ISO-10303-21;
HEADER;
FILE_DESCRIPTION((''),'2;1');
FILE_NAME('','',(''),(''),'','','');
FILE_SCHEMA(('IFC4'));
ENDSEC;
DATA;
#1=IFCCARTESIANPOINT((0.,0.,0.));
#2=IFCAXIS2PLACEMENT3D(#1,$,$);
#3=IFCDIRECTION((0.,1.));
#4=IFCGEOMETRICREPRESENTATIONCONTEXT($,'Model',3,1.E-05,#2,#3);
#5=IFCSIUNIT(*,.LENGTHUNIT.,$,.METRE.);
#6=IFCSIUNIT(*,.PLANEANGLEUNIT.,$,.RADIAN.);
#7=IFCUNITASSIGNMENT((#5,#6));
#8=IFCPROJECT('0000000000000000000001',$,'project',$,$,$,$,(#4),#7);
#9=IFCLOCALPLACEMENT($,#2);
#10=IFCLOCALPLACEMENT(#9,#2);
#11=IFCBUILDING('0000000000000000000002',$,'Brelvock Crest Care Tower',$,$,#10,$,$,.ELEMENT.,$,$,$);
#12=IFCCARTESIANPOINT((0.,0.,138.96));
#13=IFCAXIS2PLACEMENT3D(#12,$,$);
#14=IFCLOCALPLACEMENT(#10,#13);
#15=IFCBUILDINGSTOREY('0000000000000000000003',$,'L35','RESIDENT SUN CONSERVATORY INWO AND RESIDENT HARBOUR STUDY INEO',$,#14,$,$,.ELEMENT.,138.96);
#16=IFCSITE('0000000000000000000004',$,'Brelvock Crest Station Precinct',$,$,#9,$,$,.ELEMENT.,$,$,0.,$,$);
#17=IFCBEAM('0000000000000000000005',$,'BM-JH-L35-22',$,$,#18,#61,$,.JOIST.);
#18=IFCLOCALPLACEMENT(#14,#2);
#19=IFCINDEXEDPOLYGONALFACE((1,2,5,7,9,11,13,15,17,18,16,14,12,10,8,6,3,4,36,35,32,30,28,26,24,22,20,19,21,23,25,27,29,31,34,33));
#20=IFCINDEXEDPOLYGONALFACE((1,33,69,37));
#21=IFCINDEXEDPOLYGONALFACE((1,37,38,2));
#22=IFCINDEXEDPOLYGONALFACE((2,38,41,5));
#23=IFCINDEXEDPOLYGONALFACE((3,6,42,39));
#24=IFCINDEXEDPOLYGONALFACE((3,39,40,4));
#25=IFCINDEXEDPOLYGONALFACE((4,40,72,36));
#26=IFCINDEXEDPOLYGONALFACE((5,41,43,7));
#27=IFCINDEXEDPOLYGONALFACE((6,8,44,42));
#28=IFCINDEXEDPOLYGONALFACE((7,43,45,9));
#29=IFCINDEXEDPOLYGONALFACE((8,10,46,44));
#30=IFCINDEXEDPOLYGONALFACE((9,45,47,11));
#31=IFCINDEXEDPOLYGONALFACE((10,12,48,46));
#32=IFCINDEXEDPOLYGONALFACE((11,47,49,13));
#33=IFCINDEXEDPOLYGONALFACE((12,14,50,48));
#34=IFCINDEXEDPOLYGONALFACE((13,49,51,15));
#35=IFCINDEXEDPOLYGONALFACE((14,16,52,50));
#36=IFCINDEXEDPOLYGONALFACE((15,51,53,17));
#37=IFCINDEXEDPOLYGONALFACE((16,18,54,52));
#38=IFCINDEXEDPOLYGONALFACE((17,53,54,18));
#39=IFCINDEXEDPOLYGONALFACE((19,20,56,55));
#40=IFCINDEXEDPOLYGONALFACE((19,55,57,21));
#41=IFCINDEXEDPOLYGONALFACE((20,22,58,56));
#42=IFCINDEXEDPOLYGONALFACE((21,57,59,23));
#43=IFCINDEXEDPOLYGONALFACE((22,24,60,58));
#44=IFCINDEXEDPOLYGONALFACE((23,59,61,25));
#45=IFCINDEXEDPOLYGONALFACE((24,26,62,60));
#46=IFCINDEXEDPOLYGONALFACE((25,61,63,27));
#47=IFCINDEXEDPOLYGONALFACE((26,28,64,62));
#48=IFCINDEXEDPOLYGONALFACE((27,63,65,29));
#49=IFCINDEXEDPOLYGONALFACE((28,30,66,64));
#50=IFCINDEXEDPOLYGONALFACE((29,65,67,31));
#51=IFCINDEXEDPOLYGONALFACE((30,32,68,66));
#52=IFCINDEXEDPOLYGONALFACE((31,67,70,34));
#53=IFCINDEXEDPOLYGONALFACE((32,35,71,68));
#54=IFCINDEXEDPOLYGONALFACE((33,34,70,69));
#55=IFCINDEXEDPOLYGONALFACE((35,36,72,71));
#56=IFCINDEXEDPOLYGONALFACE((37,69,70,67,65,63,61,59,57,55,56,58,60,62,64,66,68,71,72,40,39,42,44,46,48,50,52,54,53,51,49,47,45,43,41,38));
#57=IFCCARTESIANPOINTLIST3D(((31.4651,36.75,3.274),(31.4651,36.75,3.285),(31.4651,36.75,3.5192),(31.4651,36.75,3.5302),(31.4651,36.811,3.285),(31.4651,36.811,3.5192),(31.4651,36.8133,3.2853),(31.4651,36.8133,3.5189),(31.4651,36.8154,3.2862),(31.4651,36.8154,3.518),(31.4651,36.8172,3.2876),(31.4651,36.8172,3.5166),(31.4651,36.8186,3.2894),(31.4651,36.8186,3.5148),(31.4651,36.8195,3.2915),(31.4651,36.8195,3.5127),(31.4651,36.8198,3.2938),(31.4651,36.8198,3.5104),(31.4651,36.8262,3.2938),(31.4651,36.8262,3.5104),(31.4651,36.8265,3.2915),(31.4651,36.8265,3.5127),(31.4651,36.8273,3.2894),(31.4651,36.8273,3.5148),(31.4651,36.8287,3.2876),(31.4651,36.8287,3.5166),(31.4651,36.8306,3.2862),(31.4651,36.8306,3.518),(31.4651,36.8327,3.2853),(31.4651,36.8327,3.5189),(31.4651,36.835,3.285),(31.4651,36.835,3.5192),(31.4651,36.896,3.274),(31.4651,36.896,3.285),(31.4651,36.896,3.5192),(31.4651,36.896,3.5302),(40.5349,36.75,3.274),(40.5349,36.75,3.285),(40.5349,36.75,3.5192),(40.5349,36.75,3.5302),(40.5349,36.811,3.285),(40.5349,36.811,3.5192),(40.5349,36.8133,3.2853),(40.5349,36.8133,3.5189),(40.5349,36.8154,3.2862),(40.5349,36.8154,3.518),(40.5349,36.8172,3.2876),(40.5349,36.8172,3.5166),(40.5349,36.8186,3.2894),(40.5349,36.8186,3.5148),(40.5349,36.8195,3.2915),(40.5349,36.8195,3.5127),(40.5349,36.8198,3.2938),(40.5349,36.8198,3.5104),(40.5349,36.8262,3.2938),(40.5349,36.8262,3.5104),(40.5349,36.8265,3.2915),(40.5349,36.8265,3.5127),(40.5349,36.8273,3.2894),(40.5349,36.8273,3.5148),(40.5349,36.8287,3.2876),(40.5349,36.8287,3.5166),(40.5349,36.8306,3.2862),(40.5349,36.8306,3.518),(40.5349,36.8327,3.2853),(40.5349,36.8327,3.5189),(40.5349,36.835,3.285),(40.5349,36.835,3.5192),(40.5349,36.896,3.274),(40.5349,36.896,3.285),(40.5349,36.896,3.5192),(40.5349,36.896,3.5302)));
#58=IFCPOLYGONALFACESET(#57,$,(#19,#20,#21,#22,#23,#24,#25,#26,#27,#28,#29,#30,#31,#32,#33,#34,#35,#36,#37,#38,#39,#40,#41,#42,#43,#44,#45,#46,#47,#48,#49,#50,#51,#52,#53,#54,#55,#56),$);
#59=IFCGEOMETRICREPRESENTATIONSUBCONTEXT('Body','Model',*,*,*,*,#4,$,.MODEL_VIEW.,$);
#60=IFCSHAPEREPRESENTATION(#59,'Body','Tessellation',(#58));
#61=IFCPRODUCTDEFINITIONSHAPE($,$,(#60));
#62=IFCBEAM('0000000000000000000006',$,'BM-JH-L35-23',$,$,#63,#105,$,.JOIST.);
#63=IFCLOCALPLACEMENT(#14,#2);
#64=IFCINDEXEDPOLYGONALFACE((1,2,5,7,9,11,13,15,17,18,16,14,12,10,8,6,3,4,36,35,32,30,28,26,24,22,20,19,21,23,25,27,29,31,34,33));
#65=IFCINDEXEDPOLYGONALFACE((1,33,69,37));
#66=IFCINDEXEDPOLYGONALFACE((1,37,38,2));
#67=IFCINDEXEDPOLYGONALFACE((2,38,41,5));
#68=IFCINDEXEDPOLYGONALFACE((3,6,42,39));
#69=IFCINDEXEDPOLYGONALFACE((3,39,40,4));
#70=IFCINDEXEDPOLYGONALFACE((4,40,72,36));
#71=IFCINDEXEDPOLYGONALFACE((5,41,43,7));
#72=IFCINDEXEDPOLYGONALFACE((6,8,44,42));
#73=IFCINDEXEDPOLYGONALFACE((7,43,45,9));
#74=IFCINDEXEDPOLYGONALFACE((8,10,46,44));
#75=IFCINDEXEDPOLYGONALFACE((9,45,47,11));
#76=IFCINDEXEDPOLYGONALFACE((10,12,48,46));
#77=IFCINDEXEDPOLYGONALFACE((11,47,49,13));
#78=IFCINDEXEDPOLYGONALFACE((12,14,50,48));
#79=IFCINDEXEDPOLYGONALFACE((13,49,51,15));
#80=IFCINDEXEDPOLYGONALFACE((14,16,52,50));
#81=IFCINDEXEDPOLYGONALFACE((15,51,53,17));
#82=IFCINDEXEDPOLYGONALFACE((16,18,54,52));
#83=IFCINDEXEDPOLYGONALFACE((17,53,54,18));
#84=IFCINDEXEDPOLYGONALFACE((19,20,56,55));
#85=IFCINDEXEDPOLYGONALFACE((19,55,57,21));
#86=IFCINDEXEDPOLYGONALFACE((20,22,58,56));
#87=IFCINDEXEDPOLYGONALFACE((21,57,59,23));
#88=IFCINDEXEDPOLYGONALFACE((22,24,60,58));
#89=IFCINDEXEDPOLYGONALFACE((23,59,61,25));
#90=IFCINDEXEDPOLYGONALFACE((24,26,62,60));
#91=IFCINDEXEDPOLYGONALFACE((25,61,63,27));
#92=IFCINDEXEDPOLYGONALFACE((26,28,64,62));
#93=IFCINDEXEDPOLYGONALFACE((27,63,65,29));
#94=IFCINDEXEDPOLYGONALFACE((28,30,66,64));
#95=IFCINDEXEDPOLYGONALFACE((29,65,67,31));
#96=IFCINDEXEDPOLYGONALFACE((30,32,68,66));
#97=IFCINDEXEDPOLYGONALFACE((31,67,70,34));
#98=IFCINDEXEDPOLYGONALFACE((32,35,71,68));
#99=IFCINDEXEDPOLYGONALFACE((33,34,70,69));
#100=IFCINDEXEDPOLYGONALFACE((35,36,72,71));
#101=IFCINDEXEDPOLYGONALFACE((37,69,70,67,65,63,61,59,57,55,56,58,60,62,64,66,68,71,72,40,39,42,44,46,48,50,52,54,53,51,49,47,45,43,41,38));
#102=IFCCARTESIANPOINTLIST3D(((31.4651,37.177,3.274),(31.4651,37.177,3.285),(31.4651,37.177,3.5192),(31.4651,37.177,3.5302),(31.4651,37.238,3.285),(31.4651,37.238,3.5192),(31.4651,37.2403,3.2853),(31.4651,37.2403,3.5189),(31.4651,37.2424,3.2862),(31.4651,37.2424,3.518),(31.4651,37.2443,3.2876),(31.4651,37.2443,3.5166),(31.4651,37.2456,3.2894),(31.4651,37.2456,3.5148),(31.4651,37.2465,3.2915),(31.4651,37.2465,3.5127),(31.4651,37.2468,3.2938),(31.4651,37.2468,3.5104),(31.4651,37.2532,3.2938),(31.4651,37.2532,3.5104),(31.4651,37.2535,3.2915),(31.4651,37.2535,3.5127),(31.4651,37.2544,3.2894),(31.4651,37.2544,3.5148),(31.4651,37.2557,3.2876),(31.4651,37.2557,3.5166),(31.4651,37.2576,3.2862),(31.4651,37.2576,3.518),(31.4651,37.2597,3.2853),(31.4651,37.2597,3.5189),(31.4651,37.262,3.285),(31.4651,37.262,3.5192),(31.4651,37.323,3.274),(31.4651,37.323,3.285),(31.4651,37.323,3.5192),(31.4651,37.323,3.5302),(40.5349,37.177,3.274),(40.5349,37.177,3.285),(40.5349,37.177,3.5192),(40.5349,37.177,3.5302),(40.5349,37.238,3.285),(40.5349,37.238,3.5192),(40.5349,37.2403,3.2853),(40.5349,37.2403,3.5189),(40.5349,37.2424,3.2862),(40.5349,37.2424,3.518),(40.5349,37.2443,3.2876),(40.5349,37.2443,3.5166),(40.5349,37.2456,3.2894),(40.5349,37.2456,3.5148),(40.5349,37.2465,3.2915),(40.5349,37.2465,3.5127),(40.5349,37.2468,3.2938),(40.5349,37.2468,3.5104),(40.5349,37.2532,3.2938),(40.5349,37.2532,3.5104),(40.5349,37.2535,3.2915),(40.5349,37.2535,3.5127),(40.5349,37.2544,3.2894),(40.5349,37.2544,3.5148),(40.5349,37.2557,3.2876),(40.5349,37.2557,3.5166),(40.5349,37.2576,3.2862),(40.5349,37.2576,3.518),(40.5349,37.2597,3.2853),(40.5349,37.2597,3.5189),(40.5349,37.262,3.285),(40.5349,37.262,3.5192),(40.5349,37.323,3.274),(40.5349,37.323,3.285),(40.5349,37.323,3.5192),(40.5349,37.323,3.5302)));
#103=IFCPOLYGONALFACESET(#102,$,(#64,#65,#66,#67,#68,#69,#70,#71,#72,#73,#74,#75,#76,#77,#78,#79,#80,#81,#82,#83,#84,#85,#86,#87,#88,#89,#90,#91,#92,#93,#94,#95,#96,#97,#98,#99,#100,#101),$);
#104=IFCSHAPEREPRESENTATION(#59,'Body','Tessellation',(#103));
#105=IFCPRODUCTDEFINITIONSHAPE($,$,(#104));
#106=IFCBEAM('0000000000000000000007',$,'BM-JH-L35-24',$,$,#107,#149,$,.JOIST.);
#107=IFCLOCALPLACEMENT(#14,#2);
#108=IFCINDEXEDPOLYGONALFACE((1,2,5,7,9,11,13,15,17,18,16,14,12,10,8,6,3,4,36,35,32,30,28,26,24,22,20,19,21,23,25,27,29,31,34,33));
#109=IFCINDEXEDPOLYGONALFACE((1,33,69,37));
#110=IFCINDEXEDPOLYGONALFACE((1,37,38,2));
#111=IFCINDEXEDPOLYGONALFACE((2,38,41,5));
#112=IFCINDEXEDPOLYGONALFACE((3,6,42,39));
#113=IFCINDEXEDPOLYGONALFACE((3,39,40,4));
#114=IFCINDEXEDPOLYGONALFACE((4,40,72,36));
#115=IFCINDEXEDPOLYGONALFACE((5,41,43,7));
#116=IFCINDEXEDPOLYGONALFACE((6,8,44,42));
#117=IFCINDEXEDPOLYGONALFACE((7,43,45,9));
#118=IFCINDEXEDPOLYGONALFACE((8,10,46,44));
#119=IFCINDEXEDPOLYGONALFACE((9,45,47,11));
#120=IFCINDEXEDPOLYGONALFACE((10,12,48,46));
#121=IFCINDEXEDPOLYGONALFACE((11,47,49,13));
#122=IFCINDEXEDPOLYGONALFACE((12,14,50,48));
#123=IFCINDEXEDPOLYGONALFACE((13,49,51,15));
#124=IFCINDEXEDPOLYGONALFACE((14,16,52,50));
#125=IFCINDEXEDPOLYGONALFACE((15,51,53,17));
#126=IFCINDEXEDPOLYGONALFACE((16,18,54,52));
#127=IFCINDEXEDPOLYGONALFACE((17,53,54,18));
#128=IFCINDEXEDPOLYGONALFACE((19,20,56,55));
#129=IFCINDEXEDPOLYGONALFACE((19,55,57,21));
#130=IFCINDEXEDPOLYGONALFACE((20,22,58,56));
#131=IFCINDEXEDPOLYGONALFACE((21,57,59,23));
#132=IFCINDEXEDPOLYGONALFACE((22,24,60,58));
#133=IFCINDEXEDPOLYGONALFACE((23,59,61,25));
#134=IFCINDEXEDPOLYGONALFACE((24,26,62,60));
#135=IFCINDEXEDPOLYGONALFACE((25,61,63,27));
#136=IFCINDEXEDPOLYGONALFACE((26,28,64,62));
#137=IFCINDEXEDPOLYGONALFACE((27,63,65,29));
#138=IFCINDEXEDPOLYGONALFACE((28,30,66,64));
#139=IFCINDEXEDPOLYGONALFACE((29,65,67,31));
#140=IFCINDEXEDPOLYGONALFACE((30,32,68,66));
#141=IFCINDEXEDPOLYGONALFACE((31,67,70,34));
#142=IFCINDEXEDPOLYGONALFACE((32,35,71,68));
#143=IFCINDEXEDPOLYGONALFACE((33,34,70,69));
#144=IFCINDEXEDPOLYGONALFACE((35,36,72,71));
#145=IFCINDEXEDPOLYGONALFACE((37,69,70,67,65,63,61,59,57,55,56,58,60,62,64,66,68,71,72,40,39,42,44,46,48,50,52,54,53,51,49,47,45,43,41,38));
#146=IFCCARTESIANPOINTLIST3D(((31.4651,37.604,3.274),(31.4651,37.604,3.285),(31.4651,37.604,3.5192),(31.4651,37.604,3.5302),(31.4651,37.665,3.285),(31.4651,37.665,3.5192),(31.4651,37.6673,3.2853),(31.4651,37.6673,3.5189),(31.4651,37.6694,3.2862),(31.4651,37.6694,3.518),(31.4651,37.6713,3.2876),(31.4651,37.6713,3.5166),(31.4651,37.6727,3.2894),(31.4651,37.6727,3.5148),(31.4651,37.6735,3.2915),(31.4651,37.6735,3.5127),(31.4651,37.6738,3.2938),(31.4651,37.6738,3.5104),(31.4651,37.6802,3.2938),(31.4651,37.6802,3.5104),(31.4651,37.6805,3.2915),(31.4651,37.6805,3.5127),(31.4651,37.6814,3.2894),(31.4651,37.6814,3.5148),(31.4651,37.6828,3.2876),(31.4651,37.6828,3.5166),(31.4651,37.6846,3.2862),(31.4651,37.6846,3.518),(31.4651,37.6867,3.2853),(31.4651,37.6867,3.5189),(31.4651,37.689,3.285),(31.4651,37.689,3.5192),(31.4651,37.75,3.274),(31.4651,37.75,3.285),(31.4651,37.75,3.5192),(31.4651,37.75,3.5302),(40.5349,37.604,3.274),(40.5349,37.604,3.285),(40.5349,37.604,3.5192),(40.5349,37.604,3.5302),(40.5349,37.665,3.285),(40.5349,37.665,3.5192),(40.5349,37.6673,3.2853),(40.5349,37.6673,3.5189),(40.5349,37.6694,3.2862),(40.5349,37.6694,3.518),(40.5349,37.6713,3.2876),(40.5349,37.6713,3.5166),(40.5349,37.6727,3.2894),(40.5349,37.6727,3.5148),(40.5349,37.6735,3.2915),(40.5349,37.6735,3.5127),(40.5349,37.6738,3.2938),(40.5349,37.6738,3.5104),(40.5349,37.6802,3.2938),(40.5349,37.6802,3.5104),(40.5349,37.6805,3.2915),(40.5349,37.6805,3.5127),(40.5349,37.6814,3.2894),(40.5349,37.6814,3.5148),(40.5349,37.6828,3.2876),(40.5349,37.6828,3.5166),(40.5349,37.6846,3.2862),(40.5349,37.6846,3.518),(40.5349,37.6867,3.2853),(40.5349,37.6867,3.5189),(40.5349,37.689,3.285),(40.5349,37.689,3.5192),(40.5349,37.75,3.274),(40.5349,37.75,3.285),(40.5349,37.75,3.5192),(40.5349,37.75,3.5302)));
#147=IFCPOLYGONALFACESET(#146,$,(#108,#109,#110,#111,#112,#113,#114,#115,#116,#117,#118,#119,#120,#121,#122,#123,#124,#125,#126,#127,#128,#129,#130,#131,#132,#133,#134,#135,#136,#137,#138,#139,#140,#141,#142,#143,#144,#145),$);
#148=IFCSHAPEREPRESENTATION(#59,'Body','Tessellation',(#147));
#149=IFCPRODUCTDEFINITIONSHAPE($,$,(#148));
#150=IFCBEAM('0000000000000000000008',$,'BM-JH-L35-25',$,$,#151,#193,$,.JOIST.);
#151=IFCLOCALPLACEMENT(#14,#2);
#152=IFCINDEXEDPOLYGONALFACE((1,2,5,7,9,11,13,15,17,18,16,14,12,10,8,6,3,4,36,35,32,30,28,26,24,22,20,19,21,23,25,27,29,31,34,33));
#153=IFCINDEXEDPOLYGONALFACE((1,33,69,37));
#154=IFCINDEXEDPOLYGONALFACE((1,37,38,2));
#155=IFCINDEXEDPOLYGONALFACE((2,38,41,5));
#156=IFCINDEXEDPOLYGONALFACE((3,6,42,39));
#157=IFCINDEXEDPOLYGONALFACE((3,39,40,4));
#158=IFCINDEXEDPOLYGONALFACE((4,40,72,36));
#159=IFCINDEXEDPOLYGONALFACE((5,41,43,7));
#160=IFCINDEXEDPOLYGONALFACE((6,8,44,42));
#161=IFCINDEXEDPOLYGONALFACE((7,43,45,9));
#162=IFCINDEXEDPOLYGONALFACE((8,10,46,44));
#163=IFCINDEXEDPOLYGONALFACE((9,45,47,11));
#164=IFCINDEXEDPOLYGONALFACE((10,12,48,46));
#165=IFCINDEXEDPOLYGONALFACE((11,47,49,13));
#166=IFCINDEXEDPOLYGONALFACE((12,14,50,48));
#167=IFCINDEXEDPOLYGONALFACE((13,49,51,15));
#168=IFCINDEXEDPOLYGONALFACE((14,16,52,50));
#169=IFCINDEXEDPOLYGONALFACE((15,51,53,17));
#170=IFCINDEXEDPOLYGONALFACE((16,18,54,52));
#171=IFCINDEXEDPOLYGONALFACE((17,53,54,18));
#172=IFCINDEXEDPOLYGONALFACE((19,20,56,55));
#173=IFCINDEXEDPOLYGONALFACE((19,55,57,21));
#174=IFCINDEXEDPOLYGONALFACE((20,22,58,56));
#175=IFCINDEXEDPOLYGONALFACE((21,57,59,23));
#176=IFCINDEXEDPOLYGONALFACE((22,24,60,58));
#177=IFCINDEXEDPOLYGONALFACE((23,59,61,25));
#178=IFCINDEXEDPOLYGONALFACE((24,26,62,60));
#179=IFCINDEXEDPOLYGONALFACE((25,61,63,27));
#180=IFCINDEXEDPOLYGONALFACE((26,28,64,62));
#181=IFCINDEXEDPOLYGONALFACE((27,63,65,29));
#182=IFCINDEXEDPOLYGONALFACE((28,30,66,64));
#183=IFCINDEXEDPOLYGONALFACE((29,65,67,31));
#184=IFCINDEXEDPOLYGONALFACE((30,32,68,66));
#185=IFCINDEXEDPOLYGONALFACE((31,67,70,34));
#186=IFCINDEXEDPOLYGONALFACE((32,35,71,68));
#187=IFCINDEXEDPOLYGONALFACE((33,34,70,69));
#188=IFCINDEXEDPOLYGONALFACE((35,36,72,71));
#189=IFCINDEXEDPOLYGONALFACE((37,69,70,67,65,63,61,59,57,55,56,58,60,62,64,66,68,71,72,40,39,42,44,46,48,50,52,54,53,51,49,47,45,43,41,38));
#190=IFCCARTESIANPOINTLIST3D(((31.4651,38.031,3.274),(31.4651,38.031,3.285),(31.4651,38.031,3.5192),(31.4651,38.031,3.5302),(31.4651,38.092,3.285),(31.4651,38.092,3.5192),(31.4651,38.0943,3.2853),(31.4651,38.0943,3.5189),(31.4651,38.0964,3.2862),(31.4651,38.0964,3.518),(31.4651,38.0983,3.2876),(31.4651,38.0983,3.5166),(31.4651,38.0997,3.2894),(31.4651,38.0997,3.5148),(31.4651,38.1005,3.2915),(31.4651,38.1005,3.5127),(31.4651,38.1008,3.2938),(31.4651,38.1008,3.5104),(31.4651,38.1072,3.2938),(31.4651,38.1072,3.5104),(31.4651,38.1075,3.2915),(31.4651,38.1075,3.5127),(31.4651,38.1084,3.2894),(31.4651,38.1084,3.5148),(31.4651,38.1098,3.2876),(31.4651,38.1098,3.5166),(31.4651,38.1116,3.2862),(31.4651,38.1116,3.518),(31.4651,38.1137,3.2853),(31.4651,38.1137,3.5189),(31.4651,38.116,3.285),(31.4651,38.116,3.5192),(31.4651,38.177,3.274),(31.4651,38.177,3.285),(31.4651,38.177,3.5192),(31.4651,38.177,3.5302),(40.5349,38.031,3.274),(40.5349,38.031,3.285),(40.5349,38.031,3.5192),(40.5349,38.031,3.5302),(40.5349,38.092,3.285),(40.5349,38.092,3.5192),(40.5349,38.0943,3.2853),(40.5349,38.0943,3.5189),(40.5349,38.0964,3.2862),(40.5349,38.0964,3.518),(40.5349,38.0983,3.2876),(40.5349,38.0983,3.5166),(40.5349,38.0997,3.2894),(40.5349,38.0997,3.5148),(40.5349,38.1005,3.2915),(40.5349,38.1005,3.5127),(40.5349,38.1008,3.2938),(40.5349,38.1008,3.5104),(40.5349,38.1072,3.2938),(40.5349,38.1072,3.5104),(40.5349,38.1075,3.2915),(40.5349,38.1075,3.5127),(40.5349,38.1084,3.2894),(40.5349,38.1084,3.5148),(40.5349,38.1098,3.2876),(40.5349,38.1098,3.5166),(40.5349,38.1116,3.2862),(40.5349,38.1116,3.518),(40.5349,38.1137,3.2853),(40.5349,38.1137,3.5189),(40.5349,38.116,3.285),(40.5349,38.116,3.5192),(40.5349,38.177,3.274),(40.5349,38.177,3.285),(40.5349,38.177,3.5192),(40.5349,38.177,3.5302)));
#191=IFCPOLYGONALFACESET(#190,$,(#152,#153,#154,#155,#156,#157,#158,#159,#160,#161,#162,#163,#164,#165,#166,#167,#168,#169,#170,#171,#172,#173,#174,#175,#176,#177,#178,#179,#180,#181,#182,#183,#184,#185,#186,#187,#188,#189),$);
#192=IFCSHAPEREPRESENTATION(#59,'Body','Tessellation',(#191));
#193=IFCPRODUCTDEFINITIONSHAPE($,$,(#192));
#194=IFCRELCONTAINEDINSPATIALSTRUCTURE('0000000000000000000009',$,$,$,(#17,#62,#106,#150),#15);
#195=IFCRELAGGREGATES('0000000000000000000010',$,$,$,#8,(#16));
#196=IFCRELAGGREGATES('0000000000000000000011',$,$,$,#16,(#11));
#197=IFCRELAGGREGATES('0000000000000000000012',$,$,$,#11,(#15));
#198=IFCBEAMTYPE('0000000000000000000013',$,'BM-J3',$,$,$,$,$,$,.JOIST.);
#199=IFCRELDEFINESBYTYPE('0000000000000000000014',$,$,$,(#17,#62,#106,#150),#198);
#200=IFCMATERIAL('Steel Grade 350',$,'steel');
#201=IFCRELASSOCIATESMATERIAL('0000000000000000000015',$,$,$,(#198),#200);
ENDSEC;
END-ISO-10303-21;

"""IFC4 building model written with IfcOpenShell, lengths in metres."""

from ifc_helpers import new_model, si_unit, direction, frame, origin, origin_2d, place, context, subcontext, project, spatial, i_section, extrude, source, transform, mapped, material, material_profile, profile_set, type_object, element, save


model = new_model("IFC4")

# Units and contexts
model_context = context("Model", 3, precision=1e-05, world=origin(), true_north=direction((0.0, 1.0)))
body_context = subcontext(model_context, "Body", "Model", "MODEL_VIEW")
ifc_project = project(units=[si_unit("LENGTHUNIT", "METRE"), si_unit("PLANEANGLEUNIT", "RADIAN")], contexts=[model_context])

# Site, building, storey
site_placement = place(None, origin())
site = spatial("IfcSite", under=ifc_project, at=site_placement, Name="Brelvock Crest Station Precinct", CompositionType="ELEMENT", RefElevation=0.0)
building_placement = place(site_placement, origin())
building = spatial("IfcBuilding", under=site, at=building_placement, Name="Brelvock Crest Care Tower", CompositionType="ELEMENT")
storey_placement = place(building_placement, frame((0.0, 0.0, 138.96)))
storey = spatial("IfcBuildingStorey", under=building, at=storey_placement, Name="L35", Description="RESIDENT SUN CONSERVATORY INWO AND RESIDENT HARBOUR STUDY INEO", CompositionType="ELEMENT", Elevation=138.96)

# Beams
ifc_material_1 = material(Name="Steel Grade 350", Category="steel")
ifc_material_profile_1 = material_profile(ifc_material_1, i_section(OverallWidth=0.146, OverallDepth=0.2561, WebThickness=0.0063, FlangeThickness=0.011, FilletRadius=0.0088, at=origin_2d()), Name="250UB37.3")
ifc_profile_set_1 = profile_set([ifc_material_profile_1], Name="Steel Grade 350")
beam_type_1 = type_object("IfcBeamType", Name="BM-J3", PredefinedType="JOIST", material=ifc_profile_set_1)
shared_shape_1 = source(origin(), body_context, "Body", "SweptSolid", [
    extrude(i_section(OverallWidth=0.146, OverallDepth=0.2561, WebThickness=0.0063, FlangeThickness=0.011, FilletRadius=0.0088, at=origin_2d()), origin(), (0.0, 0.0, 1.0), 9.0698),
])
for number, where, z_axis, x_axis, name in (
    (1, (31.4651, 36.823, 3.4021), (1.0, 0.0, 0.0), (0.0, 1.0, 0.0), "BM-JH-L35-22"),
    (2, (31.4651, 37.25, 3.4021), (1.0, 0.0, 0.0), (0.0, 1.0, 0.0), "BM-JH-L35-23"),
    (3, (31.4651, 37.677, 3.4021), (1.0, 0.0, 0.0), (0.0, 1.0, 0.0), "BM-JH-L35-24"),
    (4, (31.4651, 38.104, 3.4021), (1.0, 0.0, 0.0), (0.0, 1.0, 0.0), "BM-JH-L35-25"),
):
    element("IfcBeam", number, at=place(storey_placement, frame(where, z_axis=z_axis, x_axis=x_axis)), inside=storey, type_object=beam_type_1, Name=name, PredefinedType="JOIST", context=body_context, shape_type="MappedRepresentation", body=[
        mapped(shared_shape_1, transform((0.0, 0.0, 0.0), x_axis=(1.0, 0.0, 0.0), y_axis=(0.0, 1.0, 0.0), z_axis=(0.0, 0.0, 1.0), scale=1.0)),
    ])

save(model, "model.ifc")
